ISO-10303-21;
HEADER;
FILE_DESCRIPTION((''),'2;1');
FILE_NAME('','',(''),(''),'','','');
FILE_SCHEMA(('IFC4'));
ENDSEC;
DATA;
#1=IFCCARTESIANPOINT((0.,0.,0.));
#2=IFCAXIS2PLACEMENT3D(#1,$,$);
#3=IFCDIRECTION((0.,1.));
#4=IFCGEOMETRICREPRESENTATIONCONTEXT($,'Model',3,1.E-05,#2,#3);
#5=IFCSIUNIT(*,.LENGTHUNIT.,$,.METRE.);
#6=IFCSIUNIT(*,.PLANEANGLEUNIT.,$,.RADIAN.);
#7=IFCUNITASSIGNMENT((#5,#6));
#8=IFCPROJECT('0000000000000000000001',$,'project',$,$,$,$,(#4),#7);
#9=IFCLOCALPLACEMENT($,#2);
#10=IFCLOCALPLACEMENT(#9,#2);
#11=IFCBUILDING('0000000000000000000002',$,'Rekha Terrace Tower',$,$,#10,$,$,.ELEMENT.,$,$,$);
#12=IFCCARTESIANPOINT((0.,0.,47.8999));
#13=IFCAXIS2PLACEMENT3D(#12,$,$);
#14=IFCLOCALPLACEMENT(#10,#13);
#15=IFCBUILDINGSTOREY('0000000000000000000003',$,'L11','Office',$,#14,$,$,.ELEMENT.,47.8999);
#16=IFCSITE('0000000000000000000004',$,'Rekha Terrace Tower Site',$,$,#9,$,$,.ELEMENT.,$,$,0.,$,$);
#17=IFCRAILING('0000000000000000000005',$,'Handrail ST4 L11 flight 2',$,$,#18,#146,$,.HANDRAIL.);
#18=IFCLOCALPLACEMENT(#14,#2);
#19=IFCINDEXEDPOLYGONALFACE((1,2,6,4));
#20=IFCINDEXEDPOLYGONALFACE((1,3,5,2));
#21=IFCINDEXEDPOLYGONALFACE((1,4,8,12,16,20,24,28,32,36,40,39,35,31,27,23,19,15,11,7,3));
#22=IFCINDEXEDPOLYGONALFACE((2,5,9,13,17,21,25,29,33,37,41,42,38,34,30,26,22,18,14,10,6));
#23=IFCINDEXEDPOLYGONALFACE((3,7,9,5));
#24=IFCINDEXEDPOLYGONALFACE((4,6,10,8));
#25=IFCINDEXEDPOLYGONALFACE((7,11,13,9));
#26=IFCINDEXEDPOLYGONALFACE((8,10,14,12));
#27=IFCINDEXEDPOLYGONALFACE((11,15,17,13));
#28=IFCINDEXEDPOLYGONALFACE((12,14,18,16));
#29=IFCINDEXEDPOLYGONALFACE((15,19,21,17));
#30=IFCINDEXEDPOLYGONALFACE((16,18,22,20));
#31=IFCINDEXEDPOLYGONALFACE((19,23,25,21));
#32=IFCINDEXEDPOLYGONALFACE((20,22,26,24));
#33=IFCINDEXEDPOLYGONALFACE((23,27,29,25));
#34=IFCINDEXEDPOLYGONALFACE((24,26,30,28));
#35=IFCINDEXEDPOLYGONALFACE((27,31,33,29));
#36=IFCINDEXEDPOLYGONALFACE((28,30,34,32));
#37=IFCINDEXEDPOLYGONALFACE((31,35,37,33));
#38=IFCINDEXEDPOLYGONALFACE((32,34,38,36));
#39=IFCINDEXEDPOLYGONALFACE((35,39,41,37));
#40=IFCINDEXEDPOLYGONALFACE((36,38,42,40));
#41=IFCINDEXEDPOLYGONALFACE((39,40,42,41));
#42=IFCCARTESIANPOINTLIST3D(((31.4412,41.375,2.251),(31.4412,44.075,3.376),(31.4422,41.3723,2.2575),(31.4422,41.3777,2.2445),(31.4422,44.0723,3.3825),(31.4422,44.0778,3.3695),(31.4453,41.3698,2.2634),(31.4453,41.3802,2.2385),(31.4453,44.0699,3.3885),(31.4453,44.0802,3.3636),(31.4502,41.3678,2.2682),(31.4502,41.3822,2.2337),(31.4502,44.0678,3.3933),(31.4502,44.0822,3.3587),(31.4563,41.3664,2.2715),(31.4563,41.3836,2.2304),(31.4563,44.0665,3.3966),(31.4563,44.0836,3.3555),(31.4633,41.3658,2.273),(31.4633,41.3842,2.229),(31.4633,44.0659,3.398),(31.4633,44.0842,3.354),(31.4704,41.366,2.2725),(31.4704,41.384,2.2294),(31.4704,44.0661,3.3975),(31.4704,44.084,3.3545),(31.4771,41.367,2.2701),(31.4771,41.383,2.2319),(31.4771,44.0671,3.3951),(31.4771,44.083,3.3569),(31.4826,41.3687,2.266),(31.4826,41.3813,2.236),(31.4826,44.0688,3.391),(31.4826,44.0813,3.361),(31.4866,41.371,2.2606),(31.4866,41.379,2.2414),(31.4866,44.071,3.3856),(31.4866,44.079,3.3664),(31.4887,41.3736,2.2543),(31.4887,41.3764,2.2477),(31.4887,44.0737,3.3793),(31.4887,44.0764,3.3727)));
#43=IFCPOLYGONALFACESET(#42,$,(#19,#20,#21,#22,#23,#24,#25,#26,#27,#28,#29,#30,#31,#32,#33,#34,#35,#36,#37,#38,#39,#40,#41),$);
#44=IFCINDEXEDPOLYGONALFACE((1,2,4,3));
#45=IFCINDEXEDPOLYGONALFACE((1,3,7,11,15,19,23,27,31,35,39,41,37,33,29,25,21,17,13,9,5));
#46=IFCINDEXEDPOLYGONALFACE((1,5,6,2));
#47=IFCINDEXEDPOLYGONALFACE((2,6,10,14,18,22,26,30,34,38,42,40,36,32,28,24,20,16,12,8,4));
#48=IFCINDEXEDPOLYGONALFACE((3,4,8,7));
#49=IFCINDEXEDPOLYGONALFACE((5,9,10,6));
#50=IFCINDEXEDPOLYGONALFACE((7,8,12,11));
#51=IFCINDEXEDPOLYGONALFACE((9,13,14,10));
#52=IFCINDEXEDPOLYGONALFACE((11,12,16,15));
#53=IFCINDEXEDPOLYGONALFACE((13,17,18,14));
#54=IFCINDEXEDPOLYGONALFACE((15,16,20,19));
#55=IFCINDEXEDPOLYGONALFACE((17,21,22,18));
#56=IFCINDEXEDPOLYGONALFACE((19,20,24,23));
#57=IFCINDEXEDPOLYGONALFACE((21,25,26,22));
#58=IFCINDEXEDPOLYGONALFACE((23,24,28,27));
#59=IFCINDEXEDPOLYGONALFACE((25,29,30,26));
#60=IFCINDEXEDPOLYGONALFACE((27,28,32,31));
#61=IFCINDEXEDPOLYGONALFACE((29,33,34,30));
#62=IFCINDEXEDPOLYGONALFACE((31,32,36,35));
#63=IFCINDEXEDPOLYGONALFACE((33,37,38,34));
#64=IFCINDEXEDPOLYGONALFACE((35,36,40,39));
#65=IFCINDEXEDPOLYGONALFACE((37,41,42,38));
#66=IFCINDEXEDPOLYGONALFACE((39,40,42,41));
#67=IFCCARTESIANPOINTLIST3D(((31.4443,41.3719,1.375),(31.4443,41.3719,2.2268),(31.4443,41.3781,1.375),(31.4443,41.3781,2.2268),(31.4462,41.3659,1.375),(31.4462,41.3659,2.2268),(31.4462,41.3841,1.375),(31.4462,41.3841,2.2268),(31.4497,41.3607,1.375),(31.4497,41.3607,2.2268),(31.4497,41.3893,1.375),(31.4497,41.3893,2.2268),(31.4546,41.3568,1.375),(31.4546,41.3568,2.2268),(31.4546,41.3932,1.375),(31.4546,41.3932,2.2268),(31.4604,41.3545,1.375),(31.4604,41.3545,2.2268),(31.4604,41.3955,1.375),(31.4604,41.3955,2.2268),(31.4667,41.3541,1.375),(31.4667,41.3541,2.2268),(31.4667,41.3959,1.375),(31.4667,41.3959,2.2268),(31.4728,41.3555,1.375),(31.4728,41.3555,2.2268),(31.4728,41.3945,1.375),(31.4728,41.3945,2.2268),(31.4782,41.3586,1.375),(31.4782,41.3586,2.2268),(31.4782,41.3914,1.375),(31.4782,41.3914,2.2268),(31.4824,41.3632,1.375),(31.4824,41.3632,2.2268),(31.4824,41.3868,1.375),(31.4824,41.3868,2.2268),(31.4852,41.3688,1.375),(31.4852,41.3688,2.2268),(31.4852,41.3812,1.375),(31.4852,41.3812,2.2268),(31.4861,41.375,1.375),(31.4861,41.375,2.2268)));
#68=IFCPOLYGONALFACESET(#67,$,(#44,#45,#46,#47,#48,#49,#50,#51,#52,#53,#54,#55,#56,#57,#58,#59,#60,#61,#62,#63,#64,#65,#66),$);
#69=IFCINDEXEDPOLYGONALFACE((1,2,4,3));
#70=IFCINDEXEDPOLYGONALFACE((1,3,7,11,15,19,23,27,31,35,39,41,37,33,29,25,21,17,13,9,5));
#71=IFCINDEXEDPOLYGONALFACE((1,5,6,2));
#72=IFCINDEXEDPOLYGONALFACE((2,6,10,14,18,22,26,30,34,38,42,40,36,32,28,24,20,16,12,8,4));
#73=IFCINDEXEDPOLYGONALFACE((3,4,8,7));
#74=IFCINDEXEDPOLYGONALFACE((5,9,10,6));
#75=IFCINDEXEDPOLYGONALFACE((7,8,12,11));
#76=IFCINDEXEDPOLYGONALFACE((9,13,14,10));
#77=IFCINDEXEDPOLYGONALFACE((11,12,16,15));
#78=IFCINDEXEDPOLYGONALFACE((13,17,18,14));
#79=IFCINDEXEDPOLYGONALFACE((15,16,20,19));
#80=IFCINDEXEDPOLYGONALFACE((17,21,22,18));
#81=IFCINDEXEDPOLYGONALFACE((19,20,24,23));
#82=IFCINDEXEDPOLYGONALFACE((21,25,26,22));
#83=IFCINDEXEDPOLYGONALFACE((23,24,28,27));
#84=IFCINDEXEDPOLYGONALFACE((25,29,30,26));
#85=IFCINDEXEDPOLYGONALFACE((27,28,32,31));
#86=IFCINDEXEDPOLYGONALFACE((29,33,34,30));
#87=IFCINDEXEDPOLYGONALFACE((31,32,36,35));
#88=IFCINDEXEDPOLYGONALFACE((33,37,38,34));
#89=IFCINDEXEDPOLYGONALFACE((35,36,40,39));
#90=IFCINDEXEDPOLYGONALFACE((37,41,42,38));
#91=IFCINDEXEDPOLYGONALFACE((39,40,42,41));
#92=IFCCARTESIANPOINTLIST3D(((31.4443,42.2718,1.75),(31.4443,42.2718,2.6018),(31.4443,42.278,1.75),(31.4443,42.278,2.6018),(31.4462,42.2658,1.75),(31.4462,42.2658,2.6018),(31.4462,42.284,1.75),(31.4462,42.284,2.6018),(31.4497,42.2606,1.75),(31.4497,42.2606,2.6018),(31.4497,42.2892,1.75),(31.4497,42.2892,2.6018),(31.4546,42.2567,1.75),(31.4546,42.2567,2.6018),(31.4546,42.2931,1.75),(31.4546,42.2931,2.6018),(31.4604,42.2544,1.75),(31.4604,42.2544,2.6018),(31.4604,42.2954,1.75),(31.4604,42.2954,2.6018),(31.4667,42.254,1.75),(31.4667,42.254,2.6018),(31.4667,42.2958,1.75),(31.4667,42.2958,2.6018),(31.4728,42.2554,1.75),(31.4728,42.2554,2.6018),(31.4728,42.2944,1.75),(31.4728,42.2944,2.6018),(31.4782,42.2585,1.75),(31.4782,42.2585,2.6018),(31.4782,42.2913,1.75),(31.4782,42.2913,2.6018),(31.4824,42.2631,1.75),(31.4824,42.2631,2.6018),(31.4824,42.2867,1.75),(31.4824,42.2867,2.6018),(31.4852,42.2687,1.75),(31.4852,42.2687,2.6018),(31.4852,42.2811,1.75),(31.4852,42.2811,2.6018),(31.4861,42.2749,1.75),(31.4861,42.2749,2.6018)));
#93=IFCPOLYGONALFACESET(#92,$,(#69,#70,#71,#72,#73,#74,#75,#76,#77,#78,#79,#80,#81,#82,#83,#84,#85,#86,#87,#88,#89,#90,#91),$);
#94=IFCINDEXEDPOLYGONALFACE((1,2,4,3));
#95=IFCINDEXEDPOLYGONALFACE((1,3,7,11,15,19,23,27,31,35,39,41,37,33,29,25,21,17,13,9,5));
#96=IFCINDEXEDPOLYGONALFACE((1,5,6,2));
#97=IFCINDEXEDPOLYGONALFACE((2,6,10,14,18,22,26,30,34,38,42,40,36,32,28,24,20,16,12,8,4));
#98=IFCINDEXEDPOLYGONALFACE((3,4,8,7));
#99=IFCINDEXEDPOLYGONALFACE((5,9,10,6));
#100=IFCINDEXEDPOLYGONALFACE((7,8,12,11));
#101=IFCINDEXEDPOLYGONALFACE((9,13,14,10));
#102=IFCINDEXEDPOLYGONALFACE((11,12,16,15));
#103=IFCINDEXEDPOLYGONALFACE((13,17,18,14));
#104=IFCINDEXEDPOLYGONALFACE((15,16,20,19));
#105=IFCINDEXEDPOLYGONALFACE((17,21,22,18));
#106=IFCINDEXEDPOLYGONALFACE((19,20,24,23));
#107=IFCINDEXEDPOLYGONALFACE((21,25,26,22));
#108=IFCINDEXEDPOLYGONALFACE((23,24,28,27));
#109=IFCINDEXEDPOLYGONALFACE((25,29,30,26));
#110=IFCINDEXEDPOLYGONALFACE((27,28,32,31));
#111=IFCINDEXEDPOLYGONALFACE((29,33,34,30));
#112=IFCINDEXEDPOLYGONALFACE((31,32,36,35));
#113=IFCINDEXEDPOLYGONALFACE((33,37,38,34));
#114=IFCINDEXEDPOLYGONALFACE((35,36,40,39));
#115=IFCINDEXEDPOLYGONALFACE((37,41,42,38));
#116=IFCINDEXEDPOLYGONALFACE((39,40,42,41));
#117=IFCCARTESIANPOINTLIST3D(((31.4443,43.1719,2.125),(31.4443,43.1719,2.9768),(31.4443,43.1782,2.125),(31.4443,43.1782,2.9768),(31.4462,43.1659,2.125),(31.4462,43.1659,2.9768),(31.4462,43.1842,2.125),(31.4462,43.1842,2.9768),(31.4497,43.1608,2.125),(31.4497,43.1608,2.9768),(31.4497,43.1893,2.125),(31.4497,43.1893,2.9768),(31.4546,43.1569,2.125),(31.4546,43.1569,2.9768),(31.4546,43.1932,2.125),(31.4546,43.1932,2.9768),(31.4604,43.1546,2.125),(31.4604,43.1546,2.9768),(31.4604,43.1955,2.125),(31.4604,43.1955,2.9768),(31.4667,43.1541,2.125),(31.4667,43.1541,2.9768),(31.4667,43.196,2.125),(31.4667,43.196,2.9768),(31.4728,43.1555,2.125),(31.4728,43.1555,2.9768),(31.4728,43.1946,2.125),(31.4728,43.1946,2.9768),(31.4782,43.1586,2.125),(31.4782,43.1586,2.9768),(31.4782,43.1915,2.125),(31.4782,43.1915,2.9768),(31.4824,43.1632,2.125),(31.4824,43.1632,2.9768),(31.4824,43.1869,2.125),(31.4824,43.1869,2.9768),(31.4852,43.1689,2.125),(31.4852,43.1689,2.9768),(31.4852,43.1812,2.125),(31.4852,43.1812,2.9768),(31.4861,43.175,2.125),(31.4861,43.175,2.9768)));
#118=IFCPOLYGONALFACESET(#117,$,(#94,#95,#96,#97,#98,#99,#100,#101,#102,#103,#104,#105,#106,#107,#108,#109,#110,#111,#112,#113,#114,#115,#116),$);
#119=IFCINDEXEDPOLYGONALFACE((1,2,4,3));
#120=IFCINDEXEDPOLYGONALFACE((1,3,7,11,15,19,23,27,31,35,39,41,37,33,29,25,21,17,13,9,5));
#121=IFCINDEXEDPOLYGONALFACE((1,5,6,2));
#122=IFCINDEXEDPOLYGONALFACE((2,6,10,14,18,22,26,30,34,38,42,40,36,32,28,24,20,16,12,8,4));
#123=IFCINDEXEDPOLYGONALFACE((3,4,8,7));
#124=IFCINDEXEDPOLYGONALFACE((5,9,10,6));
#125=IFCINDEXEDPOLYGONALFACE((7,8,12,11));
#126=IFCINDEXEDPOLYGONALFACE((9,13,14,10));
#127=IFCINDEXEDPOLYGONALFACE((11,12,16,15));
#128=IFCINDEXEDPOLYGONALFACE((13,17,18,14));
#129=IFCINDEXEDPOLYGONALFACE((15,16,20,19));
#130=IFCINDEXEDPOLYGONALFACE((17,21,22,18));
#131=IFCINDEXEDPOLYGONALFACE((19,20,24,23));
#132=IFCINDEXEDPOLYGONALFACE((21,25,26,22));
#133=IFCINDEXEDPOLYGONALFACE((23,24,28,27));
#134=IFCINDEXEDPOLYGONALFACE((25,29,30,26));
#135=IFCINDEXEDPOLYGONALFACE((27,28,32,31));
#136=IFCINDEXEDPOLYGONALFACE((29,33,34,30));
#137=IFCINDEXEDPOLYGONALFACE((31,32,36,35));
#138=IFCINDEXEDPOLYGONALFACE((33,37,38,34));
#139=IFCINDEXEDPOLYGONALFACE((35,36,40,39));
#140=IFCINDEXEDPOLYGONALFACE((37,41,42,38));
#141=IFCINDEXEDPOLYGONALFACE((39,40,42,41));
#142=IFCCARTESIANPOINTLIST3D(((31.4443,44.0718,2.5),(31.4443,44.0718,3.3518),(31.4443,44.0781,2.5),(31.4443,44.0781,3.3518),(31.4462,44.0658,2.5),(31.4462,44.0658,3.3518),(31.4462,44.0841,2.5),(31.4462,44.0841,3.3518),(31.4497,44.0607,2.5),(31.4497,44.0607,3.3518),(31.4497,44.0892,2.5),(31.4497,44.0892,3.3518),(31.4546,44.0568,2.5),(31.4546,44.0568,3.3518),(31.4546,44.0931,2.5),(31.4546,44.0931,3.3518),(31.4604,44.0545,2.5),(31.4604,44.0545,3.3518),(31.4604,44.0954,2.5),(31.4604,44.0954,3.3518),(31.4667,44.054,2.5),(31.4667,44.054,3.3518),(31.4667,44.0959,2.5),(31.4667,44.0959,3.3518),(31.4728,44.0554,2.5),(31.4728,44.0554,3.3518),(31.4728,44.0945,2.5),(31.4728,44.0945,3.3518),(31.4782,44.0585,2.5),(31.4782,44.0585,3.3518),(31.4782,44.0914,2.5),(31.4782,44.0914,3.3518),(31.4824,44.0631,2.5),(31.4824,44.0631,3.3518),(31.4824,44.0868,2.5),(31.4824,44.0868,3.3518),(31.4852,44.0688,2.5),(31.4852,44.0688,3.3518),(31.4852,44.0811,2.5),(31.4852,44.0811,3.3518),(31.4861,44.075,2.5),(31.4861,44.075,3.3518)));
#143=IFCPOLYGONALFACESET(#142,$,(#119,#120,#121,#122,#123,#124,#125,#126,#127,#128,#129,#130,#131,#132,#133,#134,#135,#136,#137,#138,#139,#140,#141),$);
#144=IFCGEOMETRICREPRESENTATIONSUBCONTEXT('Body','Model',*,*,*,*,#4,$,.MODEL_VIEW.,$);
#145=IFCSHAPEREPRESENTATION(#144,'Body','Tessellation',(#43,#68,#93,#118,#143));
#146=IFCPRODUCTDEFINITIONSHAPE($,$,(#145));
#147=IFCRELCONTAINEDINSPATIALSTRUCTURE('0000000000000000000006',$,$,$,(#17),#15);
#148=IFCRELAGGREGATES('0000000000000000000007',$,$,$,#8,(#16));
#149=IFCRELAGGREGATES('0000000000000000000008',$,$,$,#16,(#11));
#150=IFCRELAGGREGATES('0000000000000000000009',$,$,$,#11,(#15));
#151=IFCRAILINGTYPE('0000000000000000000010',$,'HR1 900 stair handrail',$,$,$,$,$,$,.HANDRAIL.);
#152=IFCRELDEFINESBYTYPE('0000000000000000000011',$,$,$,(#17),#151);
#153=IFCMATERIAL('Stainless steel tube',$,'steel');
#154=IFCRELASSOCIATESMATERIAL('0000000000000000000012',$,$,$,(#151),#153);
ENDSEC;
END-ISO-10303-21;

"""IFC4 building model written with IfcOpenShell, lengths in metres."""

from ifc_helpers import new_model, si_unit, direction, frame, origin, origin_2d, place, context, subcontext, project, spatial, circle, extrude, material, type_object, element, save


model = new_model("IFC4")

# Units and contexts
model_context = context("Model", 3, precision=1e-05, world=origin(), true_north=direction((0.0, 1.0)))
body_context = subcontext(model_context, "Body", "Model", "MODEL_VIEW")
ifc_project = project(units=[si_unit("LENGTHUNIT", "METRE"), si_unit("PLANEANGLEUNIT", "RADIAN")], contexts=[model_context])

# Site, building, storey
site_placement = place(None, origin())
site = spatial("IfcSite", under=ifc_project, at=site_placement, Name="Rekha Terrace Tower Site", CompositionType="ELEMENT", RefElevation=0.0)
building_placement = place(site_placement, origin())
building = spatial("IfcBuilding", under=site, at=building_placement, Name="Rekha Terrace Tower", CompositionType="ELEMENT")
storey_placement = place(building_placement, frame((0.0, 0.0, 47.8999)))
storey = spatial("IfcBuildingStorey", under=building, at=storey_placement, Name="L11", Description="Office", CompositionType="ELEMENT", Elevation=47.8999)

# Railing
ifc_material_1 = material(Name="Stainless steel tube", Category="steel")
railing_type_1 = type_object("IfcRailingType", Name="HR1 900 stair handrail", PredefinedType="HANDRAIL", material=ifc_material_1)
railing_1_placement = place(storey_placement, frame((31.4651, 41.375, 1.375)))
element("IfcRailing", 1, at=railing_1_placement, inside=storey, type_object=railing_type_1, Name="Handrail ST4 L11 flight 2", PredefinedType="HANDRAIL", context=body_context, shape_type="SweptSolid", body=[
    extrude(circle(Radius=0.0239, at=origin_2d()), frame((0.0, 0.0, 0.876), z_axis=(0.0, 0.923074, 0.384621), x_axis=(-1.0, 0.0, 0.0)), (0.0, 0.0, 1.0), 2.925),
    extrude(circle(Radius=0.021, at=origin_2d()), origin(), (0.0, 0.0, 1.0), 0.8518),
    extrude(circle(Radius=0.021, at=origin_2d()), frame((0.0, 0.8999, 0.375)), (0.0, 0.0, 1.0), 0.8518),
    extrude(circle(Radius=0.021, at=origin_2d()), frame((0.0, 1.8, 0.75)), (0.0, 0.0, 1.0), 0.8518),
    extrude(circle(Radius=0.021, at=origin_2d()), frame((0.0, 2.7, 1.125)), (0.0, 0.0, 1.0), 0.8518),
])

save(model, "model.ifc")
